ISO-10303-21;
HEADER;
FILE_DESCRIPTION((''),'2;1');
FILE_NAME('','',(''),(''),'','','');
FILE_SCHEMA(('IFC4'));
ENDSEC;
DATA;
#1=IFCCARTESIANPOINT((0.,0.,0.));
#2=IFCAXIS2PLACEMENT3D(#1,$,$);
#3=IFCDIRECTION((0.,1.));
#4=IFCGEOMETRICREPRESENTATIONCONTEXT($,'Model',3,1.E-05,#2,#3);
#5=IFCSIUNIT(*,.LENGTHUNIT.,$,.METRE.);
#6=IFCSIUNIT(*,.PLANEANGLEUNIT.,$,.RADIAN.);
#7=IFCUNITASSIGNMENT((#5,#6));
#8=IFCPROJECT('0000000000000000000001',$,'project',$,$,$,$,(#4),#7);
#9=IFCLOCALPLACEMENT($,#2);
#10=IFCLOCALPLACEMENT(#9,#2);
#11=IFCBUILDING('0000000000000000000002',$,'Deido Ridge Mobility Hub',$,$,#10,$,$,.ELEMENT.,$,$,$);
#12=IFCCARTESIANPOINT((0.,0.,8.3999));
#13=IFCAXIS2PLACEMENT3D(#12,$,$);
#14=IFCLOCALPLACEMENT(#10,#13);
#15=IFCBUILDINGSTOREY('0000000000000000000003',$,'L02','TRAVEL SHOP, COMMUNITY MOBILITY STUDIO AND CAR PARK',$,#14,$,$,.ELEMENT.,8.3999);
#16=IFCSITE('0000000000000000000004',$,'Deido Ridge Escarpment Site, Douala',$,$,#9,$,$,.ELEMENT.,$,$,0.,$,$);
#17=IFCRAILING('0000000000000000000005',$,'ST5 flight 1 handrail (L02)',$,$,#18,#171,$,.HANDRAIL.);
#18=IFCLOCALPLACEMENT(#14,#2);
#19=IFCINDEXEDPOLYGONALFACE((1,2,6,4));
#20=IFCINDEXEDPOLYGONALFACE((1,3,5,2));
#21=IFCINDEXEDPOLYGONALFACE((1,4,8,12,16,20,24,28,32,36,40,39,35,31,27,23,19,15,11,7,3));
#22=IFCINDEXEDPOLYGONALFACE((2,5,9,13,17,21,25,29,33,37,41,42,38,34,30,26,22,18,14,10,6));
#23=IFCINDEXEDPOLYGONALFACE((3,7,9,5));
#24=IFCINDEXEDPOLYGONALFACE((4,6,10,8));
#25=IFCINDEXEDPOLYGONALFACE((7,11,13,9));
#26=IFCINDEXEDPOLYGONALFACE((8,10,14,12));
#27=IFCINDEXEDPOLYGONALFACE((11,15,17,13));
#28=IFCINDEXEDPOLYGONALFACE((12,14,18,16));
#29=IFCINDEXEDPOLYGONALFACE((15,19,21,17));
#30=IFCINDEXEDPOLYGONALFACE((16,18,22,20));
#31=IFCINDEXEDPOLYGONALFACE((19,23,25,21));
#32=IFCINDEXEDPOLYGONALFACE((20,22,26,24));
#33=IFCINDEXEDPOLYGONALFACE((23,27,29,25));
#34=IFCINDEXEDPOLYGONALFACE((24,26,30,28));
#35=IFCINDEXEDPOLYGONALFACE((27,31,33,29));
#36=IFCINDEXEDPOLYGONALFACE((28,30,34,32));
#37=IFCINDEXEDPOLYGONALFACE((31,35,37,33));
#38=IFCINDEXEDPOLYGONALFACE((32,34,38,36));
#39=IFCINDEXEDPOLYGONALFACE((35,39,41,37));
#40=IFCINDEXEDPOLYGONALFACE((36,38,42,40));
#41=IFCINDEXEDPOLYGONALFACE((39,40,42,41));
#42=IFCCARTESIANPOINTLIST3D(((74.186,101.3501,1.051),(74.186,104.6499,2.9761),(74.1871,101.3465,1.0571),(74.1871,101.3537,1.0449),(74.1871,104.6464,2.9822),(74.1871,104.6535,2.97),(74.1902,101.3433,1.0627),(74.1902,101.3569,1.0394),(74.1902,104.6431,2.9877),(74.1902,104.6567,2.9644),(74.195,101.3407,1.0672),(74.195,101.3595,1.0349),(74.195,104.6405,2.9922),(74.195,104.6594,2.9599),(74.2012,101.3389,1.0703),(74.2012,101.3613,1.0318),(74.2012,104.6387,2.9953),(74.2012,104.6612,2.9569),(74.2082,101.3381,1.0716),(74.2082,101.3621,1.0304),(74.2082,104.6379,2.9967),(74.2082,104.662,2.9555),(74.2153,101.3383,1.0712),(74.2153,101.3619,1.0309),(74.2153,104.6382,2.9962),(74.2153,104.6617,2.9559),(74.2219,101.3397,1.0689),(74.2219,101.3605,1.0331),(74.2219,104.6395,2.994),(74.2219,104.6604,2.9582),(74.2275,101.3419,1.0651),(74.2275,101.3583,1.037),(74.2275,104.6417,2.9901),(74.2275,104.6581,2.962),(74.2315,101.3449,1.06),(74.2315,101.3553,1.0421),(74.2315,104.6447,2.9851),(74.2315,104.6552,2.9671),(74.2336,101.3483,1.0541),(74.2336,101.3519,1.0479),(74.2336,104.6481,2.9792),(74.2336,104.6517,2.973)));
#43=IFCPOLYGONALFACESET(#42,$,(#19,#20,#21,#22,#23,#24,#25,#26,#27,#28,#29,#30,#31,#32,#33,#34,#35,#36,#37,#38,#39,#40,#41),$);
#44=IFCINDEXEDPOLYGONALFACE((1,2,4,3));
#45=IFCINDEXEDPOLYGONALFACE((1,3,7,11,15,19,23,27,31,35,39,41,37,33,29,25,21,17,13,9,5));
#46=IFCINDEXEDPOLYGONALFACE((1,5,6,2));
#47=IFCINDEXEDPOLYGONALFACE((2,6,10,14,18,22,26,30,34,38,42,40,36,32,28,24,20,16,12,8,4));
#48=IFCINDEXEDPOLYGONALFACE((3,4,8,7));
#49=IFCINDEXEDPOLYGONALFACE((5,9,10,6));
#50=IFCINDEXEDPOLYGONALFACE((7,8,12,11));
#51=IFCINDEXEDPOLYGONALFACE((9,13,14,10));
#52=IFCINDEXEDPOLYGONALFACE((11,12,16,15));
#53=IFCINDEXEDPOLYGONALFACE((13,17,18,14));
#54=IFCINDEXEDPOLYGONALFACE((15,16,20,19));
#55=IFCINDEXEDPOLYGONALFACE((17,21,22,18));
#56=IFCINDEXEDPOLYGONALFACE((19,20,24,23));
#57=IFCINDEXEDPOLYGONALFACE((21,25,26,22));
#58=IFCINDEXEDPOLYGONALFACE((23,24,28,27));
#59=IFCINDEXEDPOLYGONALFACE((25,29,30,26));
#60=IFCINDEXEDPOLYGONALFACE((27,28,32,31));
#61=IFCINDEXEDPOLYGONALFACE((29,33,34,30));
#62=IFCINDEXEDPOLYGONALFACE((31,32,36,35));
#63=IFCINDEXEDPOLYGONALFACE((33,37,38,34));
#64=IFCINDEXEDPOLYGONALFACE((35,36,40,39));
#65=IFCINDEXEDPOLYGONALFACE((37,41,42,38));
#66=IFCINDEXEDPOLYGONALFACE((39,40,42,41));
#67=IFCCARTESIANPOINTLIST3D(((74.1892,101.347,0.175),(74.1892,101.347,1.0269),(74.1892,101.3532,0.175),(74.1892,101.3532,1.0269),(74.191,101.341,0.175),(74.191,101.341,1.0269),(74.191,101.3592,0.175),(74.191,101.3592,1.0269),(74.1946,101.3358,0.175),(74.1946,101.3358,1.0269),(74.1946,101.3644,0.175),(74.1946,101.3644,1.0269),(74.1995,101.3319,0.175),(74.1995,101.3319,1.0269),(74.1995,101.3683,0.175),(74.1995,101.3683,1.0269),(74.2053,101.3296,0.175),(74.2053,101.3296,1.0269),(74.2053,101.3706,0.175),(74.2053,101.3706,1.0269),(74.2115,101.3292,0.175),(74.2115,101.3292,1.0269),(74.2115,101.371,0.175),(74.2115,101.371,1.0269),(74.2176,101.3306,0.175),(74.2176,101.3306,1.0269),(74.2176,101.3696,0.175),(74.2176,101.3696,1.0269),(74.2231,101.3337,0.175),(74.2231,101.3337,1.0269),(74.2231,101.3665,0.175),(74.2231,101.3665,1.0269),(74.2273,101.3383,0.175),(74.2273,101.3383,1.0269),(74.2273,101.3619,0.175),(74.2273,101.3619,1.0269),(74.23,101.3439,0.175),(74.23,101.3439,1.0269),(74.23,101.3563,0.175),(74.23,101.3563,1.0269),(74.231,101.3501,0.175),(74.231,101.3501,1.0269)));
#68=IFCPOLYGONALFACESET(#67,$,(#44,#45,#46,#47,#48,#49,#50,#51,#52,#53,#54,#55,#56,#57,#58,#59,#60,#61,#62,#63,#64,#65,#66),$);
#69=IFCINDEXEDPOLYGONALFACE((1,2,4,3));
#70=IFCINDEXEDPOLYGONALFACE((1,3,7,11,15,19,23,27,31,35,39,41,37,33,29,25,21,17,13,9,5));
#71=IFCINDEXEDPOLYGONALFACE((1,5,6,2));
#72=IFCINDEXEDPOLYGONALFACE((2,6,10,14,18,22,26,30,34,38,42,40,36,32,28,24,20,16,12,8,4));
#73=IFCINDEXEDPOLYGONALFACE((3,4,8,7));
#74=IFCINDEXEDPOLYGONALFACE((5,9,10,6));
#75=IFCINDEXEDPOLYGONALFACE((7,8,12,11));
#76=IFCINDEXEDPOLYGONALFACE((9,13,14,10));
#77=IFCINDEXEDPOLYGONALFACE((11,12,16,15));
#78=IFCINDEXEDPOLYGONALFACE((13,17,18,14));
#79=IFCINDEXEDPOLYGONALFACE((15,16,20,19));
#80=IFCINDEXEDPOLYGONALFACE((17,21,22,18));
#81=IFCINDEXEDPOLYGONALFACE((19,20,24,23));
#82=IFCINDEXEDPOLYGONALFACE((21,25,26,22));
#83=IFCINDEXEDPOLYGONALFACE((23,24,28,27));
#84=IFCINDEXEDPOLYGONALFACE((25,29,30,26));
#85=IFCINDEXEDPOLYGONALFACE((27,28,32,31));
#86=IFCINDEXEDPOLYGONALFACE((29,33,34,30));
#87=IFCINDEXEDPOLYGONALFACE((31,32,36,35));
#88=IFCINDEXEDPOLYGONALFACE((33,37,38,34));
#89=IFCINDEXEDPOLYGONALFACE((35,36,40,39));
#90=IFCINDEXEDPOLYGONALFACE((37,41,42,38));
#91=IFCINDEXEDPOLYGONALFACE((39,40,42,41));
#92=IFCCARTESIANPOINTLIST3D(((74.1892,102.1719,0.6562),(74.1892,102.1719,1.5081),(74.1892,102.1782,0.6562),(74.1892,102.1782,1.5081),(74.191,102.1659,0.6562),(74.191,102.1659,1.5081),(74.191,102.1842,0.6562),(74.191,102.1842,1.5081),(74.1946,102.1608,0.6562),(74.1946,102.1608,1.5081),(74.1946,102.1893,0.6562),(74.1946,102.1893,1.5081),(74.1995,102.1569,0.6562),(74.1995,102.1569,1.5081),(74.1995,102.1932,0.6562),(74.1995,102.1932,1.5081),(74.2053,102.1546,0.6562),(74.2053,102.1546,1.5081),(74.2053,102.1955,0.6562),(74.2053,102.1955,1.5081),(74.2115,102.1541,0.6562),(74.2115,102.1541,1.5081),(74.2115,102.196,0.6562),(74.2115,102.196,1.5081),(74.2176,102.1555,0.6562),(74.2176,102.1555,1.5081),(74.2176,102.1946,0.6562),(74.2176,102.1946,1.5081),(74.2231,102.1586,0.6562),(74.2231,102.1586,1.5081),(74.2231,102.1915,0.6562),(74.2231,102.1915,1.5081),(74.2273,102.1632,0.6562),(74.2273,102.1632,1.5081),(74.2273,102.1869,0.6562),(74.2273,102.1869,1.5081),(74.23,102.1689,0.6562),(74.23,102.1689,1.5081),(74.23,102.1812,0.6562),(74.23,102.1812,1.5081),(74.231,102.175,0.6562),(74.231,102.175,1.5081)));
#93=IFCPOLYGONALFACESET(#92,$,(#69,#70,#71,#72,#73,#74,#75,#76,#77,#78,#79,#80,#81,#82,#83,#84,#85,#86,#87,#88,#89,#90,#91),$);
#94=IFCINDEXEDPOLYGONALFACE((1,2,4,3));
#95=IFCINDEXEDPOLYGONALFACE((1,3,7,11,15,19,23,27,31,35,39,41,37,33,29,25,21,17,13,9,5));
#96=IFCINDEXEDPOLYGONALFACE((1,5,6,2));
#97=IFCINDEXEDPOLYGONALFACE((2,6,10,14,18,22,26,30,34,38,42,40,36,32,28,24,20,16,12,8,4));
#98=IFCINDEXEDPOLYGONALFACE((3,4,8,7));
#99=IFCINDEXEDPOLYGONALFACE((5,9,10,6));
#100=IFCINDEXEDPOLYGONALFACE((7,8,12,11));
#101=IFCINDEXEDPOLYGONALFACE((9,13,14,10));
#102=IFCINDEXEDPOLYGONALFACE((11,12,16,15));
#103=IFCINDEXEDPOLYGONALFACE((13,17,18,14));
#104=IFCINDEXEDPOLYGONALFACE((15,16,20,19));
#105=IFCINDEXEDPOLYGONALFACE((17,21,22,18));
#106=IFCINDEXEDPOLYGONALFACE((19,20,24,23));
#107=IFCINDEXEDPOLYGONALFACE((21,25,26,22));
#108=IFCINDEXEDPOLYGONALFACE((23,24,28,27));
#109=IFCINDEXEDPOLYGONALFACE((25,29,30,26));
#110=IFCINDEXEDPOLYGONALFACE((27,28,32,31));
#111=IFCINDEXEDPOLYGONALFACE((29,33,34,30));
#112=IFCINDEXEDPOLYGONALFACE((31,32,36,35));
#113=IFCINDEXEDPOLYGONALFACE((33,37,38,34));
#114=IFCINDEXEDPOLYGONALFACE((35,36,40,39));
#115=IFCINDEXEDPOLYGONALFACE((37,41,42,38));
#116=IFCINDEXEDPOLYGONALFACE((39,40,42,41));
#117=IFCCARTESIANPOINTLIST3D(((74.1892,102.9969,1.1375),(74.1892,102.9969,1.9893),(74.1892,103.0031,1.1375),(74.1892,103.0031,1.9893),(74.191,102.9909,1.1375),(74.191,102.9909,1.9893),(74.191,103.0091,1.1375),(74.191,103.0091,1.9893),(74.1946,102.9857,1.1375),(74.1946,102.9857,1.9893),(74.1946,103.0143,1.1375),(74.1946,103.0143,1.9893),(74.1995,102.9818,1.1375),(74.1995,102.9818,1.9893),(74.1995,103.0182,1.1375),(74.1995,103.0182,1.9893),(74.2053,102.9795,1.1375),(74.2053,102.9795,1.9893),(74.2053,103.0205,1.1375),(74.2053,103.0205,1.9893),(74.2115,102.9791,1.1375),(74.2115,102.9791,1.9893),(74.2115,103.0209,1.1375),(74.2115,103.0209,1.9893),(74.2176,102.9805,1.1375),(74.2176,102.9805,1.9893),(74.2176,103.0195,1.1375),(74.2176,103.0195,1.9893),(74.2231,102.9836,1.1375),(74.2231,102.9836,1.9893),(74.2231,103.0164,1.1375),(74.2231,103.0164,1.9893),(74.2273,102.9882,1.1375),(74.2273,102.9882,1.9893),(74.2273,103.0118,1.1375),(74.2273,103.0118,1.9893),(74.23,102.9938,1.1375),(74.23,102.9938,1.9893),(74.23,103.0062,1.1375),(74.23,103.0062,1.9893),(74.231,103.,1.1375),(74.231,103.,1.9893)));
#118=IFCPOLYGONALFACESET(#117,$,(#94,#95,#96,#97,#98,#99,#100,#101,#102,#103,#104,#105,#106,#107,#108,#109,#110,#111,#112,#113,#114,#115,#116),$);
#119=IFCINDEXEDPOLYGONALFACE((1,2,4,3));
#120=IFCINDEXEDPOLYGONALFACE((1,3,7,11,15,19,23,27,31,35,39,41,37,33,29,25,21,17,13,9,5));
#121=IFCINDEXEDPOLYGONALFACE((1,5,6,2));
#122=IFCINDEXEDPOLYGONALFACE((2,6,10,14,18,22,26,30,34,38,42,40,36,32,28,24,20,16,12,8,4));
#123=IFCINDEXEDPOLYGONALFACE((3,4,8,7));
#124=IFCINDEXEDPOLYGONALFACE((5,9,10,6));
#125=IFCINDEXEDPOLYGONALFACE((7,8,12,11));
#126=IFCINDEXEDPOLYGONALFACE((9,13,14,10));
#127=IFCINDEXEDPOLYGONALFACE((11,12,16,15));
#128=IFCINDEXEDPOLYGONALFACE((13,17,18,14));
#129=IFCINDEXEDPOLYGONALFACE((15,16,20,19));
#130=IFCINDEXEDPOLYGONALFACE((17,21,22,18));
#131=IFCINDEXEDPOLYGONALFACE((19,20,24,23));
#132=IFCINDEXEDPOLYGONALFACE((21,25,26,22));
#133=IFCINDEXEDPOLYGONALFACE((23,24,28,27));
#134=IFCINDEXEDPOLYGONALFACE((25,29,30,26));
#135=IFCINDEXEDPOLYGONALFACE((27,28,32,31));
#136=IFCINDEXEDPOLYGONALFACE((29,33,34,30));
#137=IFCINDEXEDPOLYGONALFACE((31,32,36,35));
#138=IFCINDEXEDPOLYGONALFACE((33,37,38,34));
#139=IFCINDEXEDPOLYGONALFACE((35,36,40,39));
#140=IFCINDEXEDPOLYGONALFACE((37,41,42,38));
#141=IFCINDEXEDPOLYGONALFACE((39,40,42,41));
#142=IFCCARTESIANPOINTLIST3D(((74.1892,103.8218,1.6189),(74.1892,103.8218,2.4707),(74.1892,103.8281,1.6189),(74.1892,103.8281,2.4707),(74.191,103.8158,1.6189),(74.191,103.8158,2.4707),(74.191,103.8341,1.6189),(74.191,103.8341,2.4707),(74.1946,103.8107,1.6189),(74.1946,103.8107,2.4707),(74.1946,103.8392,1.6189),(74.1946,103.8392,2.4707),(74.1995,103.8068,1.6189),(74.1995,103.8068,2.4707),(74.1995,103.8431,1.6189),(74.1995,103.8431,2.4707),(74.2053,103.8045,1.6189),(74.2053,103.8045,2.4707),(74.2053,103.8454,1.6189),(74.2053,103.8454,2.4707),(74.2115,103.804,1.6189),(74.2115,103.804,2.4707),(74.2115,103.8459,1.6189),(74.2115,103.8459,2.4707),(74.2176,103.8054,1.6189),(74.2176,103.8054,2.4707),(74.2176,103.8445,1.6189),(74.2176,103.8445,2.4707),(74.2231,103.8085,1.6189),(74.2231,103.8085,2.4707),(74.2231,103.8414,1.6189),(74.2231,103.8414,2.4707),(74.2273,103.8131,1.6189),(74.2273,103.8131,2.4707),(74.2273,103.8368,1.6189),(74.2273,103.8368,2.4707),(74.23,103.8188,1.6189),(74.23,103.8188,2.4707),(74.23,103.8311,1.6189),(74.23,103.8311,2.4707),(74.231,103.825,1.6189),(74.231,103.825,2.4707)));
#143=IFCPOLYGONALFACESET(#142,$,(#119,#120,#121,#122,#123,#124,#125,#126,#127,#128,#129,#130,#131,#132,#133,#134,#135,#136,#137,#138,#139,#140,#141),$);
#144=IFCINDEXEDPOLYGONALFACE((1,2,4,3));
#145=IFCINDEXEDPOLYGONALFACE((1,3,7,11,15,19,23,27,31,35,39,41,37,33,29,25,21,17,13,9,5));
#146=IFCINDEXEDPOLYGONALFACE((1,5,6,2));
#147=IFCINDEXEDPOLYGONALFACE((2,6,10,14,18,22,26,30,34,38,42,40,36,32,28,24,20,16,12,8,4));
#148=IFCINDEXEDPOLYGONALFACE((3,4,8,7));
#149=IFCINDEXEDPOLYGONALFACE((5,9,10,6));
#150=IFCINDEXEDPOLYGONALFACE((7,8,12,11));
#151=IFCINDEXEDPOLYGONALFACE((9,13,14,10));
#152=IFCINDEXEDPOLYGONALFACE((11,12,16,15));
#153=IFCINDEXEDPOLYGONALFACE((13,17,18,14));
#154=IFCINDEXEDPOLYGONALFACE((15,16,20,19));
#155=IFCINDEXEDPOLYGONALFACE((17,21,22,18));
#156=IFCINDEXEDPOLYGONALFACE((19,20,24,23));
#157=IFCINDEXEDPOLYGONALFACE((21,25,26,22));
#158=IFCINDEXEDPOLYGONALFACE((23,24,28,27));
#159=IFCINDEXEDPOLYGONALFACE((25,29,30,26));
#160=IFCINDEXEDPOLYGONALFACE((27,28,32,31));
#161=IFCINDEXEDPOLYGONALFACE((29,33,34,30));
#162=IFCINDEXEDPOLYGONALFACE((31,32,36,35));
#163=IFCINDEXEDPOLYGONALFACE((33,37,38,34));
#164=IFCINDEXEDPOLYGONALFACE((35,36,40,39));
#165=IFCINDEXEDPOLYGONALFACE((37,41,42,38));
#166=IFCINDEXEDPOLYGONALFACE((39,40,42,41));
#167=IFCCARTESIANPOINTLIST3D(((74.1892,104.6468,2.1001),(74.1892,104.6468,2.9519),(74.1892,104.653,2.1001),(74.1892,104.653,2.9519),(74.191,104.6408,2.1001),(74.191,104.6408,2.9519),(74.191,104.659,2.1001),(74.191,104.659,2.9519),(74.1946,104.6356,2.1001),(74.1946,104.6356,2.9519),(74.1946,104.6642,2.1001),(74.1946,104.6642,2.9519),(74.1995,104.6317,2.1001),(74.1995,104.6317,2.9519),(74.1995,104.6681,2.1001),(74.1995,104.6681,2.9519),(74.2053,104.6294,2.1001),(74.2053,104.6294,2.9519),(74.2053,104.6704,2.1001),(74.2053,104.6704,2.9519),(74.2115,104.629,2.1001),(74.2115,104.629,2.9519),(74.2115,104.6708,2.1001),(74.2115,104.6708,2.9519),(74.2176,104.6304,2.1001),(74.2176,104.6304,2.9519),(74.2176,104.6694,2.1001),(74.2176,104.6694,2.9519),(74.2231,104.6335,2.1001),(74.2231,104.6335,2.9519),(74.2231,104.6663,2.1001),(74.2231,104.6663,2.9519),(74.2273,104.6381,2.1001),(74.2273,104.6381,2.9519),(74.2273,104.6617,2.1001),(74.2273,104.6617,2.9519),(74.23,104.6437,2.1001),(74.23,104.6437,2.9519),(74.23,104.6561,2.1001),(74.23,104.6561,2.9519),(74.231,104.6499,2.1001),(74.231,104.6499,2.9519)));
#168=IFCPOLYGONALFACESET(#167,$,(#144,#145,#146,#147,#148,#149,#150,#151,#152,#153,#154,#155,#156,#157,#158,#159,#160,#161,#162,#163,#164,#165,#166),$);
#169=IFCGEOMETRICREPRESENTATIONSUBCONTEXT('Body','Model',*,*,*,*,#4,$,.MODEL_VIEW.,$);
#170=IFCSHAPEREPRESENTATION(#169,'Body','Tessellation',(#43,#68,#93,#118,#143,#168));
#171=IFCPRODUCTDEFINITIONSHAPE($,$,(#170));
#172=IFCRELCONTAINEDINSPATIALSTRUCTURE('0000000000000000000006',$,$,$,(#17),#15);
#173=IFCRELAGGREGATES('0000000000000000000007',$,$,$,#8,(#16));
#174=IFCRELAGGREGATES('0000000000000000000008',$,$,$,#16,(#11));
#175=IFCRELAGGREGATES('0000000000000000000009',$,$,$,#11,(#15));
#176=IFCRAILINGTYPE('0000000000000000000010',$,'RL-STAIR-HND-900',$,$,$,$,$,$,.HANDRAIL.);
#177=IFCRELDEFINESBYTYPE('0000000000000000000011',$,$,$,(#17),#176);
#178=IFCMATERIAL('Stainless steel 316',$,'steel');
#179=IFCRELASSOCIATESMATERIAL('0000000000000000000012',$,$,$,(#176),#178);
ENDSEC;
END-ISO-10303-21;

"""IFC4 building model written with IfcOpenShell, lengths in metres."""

from ifc_helpers import new_model, si_unit, direction, frame, origin, origin_2d, place, context, subcontext, project, spatial, circle, extrude, material, type_object, element, save


model = new_model("IFC4")

# Units and contexts
model_context = context("Model", 3, precision=1e-05, world=origin(), true_north=direction((0.0, 1.0)))
body_context = subcontext(model_context, "Body", "Model", "MODEL_VIEW")
ifc_project = project(units=[si_unit("LENGTHUNIT", "METRE"), si_unit("PLANEANGLEUNIT", "RADIAN")], contexts=[model_context])

# Site, building, storey
site_placement = place(None, origin())
site = spatial("IfcSite", under=ifc_project, at=site_placement, Name="Deido Ridge Escarpment Site, Douala", CompositionType="ELEMENT", RefElevation=0.0)
building_placement = place(site_placement, origin())
building = spatial("IfcBuilding", under=site, at=building_placement, Name="Deido Ridge Mobility Hub", CompositionType="ELEMENT")
storey_placement = place(building_placement, frame((0.0, 0.0, 8.3999)))
storey = spatial("IfcBuildingStorey", under=building, at=storey_placement, Name="L02", Description="TRAVEL SHOP, COMMUNITY MOBILITY STUDIO AND CAR PARK", CompositionType="ELEMENT", Elevation=8.3999)

# Shared definitions
ifc_material_1 = material(Name="Stainless steel 316", Category="steel")

# Railing
railing_type_1 = type_object("IfcRailingType", Name="RL-STAIR-HND-900", PredefinedType="HANDRAIL", material=ifc_material_1)
railing_1_placement = place(storey_placement, frame((74.21, 101.3501, 0.175)))
element("IfcRailing", 1, at=railing_1_placement, inside=storey, type_object=railing_type_1, Name="ST5 flight 1 handrail (L02)", PredefinedType="HANDRAIL", context=body_context, shape_type="SweptSolid", body=[
    extrude(circle(Radius=0.0239, at=origin_2d()), frame((0.0, 0.0, 0.876), z_axis=(0.0, 0.86376, 0.503903), x_axis=(-1.0, 0.0, 0.0)), (0.0, 0.0, 1.0), 3.8203),
    extrude(circle(Radius=0.021, at=origin_2d()), origin(), (0.0, 0.0, 1.0), 0.8518),
    extrude(circle(Radius=0.021, at=origin_2d()), frame((0.0, 0.825, 0.4812)), (0.0, 0.0, 1.0), 0.8518),
    extrude(circle(Radius=0.021, at=origin_2d()), frame((0.0, 1.6499, 0.9624)), (0.0, 0.0, 1.0), 0.8518),
    extrude(circle(Radius=0.021, at=origin_2d()), frame((0.0, 2.4749, 1.4438)), (0.0, 0.0, 1.0), 0.8518),
    extrude(circle(Radius=0.021, at=origin_2d()), frame((0.0, 3.2998, 1.925)), (0.0, 0.0, 1.0), 0.8518),
])

save(model, "model.ifc")
